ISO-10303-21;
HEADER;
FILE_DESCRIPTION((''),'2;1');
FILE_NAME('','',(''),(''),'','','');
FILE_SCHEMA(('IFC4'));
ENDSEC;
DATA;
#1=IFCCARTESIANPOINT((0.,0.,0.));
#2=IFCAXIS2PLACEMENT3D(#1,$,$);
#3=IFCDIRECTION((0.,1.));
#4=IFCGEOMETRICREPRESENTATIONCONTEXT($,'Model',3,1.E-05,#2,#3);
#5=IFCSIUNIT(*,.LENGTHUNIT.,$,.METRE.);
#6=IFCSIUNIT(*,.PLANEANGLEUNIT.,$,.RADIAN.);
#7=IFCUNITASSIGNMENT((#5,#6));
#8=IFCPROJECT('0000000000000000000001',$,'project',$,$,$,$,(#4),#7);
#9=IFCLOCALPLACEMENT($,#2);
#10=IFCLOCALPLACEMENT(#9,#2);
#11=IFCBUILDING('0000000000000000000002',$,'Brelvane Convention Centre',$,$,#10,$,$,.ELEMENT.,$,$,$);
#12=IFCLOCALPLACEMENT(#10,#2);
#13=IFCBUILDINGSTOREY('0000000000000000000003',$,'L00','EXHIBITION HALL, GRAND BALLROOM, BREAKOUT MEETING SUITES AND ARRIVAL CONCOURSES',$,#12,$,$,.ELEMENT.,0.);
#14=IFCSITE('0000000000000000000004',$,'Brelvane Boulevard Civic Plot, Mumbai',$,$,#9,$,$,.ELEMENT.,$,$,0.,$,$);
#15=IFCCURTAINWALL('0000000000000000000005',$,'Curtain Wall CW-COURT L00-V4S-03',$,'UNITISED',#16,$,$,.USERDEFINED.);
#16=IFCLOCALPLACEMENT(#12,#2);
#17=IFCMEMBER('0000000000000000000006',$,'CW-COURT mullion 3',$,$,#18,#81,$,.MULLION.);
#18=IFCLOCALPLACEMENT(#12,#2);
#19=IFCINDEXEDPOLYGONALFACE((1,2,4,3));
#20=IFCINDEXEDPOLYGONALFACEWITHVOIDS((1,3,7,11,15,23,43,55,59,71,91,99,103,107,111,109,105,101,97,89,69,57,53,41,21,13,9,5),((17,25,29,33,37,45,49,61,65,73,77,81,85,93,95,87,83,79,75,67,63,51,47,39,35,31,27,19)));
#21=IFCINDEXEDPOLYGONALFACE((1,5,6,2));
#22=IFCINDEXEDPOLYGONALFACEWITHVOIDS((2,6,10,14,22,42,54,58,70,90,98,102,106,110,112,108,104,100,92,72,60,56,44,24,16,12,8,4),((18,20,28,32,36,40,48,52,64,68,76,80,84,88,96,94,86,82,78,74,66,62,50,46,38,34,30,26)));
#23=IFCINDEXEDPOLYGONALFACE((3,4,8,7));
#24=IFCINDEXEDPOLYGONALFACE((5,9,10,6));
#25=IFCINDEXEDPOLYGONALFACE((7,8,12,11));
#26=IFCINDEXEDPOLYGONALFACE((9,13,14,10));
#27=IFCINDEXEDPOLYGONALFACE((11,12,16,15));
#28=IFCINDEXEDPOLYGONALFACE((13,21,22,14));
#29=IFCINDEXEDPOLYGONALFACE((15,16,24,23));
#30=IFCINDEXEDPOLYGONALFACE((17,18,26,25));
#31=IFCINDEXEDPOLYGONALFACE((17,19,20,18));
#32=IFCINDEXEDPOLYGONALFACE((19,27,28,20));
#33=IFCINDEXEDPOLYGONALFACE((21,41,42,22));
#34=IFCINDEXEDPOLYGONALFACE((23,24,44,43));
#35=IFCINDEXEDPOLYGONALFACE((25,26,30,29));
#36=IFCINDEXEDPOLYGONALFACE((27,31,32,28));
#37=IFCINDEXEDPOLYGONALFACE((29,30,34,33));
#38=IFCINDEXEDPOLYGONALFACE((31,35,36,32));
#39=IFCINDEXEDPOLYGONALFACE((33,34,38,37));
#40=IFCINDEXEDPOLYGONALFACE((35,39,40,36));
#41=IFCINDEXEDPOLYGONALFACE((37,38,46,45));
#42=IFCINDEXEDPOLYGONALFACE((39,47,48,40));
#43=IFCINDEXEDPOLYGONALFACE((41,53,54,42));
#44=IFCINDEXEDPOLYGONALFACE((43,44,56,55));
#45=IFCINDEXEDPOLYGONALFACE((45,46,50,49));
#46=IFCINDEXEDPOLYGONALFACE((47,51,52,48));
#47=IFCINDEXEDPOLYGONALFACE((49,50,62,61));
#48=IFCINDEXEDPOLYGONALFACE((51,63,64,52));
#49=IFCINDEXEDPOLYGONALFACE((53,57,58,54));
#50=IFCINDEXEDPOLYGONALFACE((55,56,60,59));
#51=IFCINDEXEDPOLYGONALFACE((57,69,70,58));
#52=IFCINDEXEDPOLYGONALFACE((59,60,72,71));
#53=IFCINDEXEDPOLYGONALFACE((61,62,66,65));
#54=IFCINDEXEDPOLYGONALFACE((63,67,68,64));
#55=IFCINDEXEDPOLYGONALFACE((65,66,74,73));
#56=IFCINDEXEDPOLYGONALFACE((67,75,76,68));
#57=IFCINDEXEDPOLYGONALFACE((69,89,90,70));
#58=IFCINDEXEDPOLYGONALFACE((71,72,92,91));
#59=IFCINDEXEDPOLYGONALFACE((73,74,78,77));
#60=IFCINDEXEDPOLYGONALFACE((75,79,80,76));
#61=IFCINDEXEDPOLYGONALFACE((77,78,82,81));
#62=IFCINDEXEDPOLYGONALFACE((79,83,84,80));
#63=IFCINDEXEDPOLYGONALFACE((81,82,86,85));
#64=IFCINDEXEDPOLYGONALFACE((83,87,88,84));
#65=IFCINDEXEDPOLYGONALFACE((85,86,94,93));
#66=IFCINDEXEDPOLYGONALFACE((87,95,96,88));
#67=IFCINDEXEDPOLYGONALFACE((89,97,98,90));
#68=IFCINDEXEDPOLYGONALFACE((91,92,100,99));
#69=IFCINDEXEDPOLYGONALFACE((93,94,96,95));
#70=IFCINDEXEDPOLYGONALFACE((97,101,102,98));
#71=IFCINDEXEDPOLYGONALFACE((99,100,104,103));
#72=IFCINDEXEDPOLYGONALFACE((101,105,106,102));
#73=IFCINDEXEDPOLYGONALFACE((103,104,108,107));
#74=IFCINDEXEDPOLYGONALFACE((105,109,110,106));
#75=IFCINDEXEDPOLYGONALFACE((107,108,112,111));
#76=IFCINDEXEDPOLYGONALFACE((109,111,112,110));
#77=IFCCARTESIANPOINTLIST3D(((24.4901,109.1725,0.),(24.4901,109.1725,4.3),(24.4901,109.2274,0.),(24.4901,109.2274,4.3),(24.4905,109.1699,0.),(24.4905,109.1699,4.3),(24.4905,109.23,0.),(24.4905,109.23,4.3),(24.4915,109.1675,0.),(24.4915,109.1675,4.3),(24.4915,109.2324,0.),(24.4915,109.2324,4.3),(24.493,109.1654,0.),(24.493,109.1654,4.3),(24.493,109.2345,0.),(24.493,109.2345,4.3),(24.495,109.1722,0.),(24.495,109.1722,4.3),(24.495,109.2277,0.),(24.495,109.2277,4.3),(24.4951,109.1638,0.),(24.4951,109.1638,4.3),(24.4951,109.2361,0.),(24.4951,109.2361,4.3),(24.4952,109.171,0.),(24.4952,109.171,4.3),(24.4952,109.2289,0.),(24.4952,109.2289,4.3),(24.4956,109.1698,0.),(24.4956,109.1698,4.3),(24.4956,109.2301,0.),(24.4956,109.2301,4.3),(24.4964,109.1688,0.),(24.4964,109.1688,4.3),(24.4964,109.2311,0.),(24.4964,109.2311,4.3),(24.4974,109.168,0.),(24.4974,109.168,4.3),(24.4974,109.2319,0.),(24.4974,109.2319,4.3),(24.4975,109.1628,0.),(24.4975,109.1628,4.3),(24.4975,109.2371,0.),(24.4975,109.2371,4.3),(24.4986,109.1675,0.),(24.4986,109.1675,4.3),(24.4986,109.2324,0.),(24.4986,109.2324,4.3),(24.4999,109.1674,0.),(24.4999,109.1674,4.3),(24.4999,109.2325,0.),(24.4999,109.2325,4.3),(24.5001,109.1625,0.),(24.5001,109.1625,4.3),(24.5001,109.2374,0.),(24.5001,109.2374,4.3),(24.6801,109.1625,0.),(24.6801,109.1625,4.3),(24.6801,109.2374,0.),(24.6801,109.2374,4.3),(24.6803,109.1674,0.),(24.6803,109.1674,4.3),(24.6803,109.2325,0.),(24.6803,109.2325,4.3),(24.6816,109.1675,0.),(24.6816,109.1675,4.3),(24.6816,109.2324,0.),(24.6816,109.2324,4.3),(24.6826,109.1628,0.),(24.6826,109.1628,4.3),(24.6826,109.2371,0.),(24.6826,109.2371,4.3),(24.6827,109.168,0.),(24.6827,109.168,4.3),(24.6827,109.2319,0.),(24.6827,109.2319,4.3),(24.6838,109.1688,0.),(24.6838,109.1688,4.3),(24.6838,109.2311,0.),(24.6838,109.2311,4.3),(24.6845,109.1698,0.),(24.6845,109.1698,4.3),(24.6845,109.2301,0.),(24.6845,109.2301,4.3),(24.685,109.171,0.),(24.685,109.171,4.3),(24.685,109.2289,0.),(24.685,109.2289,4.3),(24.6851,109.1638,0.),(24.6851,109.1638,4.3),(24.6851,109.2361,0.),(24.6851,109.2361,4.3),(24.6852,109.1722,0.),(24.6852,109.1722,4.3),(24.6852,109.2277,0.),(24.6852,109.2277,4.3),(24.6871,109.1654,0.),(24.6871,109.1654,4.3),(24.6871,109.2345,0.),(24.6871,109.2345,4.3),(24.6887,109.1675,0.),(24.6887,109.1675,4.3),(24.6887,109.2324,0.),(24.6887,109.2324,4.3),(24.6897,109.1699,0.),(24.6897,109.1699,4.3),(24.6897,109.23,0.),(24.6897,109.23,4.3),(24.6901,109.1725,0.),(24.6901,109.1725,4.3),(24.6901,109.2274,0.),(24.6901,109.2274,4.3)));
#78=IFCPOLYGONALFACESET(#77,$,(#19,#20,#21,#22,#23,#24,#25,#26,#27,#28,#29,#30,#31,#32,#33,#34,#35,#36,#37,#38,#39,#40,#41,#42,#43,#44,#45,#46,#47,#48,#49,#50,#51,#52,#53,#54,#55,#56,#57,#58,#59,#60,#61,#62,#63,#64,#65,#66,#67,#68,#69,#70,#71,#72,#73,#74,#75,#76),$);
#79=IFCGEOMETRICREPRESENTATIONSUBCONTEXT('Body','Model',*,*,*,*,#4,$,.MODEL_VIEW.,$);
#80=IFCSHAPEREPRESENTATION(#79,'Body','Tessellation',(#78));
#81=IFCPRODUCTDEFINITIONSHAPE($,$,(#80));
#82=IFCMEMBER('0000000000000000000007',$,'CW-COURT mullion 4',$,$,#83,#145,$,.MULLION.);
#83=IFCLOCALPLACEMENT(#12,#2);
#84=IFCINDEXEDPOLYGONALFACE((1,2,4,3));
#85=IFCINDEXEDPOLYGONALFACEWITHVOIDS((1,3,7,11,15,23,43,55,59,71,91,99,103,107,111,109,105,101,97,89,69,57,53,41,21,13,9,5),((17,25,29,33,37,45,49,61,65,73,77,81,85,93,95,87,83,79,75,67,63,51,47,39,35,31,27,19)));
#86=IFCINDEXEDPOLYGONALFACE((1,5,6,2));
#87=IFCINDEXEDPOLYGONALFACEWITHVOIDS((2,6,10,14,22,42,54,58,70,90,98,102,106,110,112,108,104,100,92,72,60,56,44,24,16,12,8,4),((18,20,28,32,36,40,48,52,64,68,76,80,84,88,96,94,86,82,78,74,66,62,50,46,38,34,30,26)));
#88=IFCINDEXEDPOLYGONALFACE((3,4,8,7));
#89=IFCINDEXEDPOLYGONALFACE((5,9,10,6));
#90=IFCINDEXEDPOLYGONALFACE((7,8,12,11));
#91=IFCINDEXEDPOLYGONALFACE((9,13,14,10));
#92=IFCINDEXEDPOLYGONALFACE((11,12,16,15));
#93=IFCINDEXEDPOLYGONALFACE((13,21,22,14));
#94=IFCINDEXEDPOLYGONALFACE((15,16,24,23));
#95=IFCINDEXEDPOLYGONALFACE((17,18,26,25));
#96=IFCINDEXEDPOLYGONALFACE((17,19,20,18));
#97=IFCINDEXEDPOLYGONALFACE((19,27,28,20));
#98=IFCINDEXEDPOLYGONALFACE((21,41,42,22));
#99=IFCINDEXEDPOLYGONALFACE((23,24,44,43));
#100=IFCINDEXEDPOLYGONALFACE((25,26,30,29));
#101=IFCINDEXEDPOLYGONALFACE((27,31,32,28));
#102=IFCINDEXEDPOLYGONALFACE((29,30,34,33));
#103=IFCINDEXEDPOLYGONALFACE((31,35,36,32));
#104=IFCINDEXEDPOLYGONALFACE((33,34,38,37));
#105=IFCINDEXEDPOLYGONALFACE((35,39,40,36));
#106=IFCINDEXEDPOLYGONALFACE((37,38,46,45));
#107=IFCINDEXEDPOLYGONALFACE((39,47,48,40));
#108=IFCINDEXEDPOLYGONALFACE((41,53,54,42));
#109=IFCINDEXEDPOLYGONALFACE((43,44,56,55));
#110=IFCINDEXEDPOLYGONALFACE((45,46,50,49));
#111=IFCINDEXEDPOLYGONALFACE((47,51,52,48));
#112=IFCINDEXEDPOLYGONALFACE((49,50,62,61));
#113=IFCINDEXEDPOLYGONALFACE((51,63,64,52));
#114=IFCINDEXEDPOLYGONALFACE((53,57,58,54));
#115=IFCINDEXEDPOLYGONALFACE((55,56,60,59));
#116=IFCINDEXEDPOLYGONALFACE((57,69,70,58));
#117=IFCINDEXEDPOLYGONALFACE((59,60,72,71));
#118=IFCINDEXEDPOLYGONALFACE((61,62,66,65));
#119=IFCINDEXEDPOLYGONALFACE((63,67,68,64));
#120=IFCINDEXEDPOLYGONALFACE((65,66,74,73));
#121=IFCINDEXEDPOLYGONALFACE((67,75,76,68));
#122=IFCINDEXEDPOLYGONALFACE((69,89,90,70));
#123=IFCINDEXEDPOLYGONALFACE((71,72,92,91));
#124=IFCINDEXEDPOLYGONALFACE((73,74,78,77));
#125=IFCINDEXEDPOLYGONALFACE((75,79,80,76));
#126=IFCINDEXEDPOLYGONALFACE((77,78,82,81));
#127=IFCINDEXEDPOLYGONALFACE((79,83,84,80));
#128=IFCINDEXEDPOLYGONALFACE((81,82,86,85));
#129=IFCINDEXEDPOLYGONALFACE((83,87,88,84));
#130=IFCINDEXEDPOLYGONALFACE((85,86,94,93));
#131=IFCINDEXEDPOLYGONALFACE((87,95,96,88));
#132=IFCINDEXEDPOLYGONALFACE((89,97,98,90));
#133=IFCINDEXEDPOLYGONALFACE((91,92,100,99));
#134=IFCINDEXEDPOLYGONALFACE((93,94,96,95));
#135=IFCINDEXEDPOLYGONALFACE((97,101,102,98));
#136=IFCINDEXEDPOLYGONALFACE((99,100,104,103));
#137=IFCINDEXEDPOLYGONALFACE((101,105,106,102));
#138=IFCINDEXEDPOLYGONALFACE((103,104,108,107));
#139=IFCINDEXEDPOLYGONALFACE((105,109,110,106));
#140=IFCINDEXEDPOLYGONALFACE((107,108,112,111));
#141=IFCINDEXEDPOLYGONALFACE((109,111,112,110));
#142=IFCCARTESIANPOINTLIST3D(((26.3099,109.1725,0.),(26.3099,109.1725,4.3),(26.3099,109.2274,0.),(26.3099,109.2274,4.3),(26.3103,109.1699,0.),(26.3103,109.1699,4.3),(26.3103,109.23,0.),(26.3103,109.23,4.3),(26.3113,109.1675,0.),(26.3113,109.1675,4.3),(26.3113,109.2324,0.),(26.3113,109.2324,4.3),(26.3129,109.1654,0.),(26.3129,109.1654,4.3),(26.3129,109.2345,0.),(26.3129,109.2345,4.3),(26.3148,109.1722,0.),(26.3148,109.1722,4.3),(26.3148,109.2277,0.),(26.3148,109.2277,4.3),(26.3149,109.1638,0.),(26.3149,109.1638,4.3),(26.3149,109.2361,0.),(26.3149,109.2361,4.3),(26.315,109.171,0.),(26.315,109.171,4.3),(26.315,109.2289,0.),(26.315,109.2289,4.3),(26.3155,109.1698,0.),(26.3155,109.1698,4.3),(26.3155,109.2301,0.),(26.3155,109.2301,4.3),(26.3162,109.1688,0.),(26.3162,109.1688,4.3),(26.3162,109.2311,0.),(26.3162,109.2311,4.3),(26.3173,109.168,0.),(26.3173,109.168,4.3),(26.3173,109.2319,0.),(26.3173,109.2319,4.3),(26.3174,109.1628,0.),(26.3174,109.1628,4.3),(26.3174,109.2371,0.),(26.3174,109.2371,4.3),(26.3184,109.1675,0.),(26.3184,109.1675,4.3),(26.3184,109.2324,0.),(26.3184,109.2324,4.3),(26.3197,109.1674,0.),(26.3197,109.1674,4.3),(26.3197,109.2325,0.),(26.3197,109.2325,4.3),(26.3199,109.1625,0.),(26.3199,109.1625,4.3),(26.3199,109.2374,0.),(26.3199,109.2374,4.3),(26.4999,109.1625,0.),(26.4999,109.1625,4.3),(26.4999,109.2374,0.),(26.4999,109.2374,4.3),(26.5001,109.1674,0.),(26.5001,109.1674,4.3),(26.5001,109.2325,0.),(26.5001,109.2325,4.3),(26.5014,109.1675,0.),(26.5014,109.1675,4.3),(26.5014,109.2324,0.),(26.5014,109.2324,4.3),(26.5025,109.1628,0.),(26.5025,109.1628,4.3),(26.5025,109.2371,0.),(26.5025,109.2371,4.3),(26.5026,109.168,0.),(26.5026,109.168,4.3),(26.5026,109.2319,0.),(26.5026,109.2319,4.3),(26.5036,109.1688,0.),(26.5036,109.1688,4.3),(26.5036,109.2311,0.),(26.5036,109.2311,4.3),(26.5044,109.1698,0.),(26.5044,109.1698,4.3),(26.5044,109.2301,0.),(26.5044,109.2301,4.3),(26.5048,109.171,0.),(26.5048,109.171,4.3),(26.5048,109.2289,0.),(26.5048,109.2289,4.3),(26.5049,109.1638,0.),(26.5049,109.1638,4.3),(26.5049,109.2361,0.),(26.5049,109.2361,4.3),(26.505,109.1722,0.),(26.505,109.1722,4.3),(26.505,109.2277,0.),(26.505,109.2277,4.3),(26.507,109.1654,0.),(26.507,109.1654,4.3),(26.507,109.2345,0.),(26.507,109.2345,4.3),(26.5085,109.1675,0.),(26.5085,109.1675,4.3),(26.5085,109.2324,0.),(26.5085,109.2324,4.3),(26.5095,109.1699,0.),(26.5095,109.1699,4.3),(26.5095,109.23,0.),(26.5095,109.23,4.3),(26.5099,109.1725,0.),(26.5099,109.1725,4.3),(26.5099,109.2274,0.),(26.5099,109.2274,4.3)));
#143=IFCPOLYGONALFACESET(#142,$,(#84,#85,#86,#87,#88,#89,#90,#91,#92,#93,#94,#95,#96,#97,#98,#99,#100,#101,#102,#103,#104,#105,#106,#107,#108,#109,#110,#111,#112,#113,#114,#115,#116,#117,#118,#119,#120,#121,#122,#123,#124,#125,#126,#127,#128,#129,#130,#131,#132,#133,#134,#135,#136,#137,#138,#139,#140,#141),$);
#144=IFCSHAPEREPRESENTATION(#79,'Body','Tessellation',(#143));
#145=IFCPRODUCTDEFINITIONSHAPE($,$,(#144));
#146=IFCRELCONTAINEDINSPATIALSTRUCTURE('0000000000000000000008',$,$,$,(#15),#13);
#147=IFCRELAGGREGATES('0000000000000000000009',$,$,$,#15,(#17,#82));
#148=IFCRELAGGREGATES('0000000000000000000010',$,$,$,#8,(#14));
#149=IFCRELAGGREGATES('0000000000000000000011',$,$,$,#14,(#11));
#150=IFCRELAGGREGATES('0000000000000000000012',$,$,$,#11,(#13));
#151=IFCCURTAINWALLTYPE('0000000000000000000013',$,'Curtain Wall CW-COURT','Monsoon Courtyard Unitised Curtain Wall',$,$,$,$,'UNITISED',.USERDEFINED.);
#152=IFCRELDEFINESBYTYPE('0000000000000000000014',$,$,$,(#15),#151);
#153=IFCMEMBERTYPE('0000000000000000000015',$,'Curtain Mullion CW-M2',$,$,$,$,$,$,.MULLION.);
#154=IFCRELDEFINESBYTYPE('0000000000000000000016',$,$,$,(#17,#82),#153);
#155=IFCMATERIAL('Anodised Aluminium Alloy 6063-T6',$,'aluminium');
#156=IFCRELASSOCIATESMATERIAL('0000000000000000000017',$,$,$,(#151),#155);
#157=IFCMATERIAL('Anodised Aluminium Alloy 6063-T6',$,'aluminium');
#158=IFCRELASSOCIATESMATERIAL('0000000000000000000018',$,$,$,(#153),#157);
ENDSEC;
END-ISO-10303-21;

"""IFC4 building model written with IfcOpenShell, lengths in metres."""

from ifc_helpers import new_model, si_unit, direction, frame, origin, origin_2d, place, context, subcontext, project, spatial, hollow_rectangle, extrude, material, material_profile, profile_set, type_object, element, aggregate, save


model = new_model("IFC4")

# Units and contexts
model_context = context("Model", 3, precision=1e-05, world=origin(), true_north=direction((0.0, 1.0)))
body_context = subcontext(model_context, "Body", "Model", "MODEL_VIEW")
ifc_project = project(units=[si_unit("LENGTHUNIT", "METRE"), si_unit("PLANEANGLEUNIT", "RADIAN")], contexts=[model_context])

# Site, building, storey
site_placement = place(None, origin())
site = spatial("IfcSite", under=ifc_project, at=site_placement, Name="Brelvane Boulevard Civic Plot, Mumbai", CompositionType="ELEMENT", RefElevation=0.0)
building_placement = place(site_placement, origin())
building = spatial("IfcBuilding", under=site, at=building_placement, Name="Brelvane Convention Centre", CompositionType="ELEMENT")
storey_placement = place(building_placement, origin())
storey = spatial("IfcBuildingStorey", under=building, at=storey_placement, Name="L00", Description="EXHIBITION HALL, GRAND BALLROOM, BREAKOUT MEETING SUITES AND ARRIVAL CONCOURSES", CompositionType="ELEMENT", Elevation=0.0)

# Curtain wall, members
ifc_material_1 = material(Name="Anodised Aluminium Alloy 6063-T6", Category="aluminium")
curtain_wall_type = type_object("IfcCurtainWallType", Name="Curtain Wall CW-COURT", Description="Monsoon Courtyard Unitised Curtain Wall", ElementType="UNITISED", PredefinedType="USERDEFINED", material=ifc_material_1)
curtain_wall_placement = place(storey_placement, origin())
curtain_wall = element("IfcCurtainWall", 1, at=curtain_wall_placement, inside=storey, type_object=curtain_wall_type, Name="Curtain Wall CW-COURT L00-V4S-03", ObjectType="UNITISED", PredefinedType="USERDEFINED")
ifc_material_2 = material(Name="Anodised Aluminium Alloy 6063-T6", Category="aluminium")
ifc_material_profile_1 = material_profile(ifc_material_2, hollow_rectangle(XDim=0.075, YDim=0.2, WallThickness=0.0049, InnerFilletRadius=0.0049, OuterFilletRadius=0.01, at=origin_2d()), Name="ALU-M 200x75x5.0")
ifc_profile_set_1 = profile_set([ifc_material_profile_1], Name="Anodised Aluminium Alloy 6063-T6")
member_type_1 = type_object("IfcMemberType", Name="Curtain Mullion CW-M2", PredefinedType="MULLION", material=ifc_profile_set_1)
member_1_placement = place(storey_placement, frame((24.5901, 109.2, 0.0), z_axis=(0.0, 0.0, 1.0), x_axis=(0.0, 1.0, 0.0)))
member_1 = element("IfcMember", 2, at=member_1_placement, type_object=member_type_1, Name="CW-COURT mullion 3", PredefinedType="MULLION", context=body_context, shape_type="SweptSolid", body=[
    extrude(hollow_rectangle(XDim=0.075, YDim=0.2, WallThickness=0.0049, InnerFilletRadius=0.0049, OuterFilletRadius=0.01, at=origin_2d()), origin(), (0.0, 0.0, 1.0), 4.3),
])
member_2_placement = place(storey_placement, frame((26.4099, 109.2, 0.0), z_axis=(0.0, 0.0, 1.0), x_axis=(0.0, 1.0, 0.0)))
member_2 = element("IfcMember", 3, at=member_2_placement, type_object=member_type_1, Name="CW-COURT mullion 4", PredefinedType="MULLION", context=body_context, shape_type="SweptSolid", body=[
    extrude(hollow_rectangle(XDim=0.075, YDim=0.2, WallThickness=0.0049, InnerFilletRadius=0.0049, OuterFilletRadius=0.01, at=origin_2d()), origin(), (0.0, 0.0, 1.0), 4.3),
])

aggregate(curtain_wall, [member_1, member_2])

save(model, "model.ifc")
